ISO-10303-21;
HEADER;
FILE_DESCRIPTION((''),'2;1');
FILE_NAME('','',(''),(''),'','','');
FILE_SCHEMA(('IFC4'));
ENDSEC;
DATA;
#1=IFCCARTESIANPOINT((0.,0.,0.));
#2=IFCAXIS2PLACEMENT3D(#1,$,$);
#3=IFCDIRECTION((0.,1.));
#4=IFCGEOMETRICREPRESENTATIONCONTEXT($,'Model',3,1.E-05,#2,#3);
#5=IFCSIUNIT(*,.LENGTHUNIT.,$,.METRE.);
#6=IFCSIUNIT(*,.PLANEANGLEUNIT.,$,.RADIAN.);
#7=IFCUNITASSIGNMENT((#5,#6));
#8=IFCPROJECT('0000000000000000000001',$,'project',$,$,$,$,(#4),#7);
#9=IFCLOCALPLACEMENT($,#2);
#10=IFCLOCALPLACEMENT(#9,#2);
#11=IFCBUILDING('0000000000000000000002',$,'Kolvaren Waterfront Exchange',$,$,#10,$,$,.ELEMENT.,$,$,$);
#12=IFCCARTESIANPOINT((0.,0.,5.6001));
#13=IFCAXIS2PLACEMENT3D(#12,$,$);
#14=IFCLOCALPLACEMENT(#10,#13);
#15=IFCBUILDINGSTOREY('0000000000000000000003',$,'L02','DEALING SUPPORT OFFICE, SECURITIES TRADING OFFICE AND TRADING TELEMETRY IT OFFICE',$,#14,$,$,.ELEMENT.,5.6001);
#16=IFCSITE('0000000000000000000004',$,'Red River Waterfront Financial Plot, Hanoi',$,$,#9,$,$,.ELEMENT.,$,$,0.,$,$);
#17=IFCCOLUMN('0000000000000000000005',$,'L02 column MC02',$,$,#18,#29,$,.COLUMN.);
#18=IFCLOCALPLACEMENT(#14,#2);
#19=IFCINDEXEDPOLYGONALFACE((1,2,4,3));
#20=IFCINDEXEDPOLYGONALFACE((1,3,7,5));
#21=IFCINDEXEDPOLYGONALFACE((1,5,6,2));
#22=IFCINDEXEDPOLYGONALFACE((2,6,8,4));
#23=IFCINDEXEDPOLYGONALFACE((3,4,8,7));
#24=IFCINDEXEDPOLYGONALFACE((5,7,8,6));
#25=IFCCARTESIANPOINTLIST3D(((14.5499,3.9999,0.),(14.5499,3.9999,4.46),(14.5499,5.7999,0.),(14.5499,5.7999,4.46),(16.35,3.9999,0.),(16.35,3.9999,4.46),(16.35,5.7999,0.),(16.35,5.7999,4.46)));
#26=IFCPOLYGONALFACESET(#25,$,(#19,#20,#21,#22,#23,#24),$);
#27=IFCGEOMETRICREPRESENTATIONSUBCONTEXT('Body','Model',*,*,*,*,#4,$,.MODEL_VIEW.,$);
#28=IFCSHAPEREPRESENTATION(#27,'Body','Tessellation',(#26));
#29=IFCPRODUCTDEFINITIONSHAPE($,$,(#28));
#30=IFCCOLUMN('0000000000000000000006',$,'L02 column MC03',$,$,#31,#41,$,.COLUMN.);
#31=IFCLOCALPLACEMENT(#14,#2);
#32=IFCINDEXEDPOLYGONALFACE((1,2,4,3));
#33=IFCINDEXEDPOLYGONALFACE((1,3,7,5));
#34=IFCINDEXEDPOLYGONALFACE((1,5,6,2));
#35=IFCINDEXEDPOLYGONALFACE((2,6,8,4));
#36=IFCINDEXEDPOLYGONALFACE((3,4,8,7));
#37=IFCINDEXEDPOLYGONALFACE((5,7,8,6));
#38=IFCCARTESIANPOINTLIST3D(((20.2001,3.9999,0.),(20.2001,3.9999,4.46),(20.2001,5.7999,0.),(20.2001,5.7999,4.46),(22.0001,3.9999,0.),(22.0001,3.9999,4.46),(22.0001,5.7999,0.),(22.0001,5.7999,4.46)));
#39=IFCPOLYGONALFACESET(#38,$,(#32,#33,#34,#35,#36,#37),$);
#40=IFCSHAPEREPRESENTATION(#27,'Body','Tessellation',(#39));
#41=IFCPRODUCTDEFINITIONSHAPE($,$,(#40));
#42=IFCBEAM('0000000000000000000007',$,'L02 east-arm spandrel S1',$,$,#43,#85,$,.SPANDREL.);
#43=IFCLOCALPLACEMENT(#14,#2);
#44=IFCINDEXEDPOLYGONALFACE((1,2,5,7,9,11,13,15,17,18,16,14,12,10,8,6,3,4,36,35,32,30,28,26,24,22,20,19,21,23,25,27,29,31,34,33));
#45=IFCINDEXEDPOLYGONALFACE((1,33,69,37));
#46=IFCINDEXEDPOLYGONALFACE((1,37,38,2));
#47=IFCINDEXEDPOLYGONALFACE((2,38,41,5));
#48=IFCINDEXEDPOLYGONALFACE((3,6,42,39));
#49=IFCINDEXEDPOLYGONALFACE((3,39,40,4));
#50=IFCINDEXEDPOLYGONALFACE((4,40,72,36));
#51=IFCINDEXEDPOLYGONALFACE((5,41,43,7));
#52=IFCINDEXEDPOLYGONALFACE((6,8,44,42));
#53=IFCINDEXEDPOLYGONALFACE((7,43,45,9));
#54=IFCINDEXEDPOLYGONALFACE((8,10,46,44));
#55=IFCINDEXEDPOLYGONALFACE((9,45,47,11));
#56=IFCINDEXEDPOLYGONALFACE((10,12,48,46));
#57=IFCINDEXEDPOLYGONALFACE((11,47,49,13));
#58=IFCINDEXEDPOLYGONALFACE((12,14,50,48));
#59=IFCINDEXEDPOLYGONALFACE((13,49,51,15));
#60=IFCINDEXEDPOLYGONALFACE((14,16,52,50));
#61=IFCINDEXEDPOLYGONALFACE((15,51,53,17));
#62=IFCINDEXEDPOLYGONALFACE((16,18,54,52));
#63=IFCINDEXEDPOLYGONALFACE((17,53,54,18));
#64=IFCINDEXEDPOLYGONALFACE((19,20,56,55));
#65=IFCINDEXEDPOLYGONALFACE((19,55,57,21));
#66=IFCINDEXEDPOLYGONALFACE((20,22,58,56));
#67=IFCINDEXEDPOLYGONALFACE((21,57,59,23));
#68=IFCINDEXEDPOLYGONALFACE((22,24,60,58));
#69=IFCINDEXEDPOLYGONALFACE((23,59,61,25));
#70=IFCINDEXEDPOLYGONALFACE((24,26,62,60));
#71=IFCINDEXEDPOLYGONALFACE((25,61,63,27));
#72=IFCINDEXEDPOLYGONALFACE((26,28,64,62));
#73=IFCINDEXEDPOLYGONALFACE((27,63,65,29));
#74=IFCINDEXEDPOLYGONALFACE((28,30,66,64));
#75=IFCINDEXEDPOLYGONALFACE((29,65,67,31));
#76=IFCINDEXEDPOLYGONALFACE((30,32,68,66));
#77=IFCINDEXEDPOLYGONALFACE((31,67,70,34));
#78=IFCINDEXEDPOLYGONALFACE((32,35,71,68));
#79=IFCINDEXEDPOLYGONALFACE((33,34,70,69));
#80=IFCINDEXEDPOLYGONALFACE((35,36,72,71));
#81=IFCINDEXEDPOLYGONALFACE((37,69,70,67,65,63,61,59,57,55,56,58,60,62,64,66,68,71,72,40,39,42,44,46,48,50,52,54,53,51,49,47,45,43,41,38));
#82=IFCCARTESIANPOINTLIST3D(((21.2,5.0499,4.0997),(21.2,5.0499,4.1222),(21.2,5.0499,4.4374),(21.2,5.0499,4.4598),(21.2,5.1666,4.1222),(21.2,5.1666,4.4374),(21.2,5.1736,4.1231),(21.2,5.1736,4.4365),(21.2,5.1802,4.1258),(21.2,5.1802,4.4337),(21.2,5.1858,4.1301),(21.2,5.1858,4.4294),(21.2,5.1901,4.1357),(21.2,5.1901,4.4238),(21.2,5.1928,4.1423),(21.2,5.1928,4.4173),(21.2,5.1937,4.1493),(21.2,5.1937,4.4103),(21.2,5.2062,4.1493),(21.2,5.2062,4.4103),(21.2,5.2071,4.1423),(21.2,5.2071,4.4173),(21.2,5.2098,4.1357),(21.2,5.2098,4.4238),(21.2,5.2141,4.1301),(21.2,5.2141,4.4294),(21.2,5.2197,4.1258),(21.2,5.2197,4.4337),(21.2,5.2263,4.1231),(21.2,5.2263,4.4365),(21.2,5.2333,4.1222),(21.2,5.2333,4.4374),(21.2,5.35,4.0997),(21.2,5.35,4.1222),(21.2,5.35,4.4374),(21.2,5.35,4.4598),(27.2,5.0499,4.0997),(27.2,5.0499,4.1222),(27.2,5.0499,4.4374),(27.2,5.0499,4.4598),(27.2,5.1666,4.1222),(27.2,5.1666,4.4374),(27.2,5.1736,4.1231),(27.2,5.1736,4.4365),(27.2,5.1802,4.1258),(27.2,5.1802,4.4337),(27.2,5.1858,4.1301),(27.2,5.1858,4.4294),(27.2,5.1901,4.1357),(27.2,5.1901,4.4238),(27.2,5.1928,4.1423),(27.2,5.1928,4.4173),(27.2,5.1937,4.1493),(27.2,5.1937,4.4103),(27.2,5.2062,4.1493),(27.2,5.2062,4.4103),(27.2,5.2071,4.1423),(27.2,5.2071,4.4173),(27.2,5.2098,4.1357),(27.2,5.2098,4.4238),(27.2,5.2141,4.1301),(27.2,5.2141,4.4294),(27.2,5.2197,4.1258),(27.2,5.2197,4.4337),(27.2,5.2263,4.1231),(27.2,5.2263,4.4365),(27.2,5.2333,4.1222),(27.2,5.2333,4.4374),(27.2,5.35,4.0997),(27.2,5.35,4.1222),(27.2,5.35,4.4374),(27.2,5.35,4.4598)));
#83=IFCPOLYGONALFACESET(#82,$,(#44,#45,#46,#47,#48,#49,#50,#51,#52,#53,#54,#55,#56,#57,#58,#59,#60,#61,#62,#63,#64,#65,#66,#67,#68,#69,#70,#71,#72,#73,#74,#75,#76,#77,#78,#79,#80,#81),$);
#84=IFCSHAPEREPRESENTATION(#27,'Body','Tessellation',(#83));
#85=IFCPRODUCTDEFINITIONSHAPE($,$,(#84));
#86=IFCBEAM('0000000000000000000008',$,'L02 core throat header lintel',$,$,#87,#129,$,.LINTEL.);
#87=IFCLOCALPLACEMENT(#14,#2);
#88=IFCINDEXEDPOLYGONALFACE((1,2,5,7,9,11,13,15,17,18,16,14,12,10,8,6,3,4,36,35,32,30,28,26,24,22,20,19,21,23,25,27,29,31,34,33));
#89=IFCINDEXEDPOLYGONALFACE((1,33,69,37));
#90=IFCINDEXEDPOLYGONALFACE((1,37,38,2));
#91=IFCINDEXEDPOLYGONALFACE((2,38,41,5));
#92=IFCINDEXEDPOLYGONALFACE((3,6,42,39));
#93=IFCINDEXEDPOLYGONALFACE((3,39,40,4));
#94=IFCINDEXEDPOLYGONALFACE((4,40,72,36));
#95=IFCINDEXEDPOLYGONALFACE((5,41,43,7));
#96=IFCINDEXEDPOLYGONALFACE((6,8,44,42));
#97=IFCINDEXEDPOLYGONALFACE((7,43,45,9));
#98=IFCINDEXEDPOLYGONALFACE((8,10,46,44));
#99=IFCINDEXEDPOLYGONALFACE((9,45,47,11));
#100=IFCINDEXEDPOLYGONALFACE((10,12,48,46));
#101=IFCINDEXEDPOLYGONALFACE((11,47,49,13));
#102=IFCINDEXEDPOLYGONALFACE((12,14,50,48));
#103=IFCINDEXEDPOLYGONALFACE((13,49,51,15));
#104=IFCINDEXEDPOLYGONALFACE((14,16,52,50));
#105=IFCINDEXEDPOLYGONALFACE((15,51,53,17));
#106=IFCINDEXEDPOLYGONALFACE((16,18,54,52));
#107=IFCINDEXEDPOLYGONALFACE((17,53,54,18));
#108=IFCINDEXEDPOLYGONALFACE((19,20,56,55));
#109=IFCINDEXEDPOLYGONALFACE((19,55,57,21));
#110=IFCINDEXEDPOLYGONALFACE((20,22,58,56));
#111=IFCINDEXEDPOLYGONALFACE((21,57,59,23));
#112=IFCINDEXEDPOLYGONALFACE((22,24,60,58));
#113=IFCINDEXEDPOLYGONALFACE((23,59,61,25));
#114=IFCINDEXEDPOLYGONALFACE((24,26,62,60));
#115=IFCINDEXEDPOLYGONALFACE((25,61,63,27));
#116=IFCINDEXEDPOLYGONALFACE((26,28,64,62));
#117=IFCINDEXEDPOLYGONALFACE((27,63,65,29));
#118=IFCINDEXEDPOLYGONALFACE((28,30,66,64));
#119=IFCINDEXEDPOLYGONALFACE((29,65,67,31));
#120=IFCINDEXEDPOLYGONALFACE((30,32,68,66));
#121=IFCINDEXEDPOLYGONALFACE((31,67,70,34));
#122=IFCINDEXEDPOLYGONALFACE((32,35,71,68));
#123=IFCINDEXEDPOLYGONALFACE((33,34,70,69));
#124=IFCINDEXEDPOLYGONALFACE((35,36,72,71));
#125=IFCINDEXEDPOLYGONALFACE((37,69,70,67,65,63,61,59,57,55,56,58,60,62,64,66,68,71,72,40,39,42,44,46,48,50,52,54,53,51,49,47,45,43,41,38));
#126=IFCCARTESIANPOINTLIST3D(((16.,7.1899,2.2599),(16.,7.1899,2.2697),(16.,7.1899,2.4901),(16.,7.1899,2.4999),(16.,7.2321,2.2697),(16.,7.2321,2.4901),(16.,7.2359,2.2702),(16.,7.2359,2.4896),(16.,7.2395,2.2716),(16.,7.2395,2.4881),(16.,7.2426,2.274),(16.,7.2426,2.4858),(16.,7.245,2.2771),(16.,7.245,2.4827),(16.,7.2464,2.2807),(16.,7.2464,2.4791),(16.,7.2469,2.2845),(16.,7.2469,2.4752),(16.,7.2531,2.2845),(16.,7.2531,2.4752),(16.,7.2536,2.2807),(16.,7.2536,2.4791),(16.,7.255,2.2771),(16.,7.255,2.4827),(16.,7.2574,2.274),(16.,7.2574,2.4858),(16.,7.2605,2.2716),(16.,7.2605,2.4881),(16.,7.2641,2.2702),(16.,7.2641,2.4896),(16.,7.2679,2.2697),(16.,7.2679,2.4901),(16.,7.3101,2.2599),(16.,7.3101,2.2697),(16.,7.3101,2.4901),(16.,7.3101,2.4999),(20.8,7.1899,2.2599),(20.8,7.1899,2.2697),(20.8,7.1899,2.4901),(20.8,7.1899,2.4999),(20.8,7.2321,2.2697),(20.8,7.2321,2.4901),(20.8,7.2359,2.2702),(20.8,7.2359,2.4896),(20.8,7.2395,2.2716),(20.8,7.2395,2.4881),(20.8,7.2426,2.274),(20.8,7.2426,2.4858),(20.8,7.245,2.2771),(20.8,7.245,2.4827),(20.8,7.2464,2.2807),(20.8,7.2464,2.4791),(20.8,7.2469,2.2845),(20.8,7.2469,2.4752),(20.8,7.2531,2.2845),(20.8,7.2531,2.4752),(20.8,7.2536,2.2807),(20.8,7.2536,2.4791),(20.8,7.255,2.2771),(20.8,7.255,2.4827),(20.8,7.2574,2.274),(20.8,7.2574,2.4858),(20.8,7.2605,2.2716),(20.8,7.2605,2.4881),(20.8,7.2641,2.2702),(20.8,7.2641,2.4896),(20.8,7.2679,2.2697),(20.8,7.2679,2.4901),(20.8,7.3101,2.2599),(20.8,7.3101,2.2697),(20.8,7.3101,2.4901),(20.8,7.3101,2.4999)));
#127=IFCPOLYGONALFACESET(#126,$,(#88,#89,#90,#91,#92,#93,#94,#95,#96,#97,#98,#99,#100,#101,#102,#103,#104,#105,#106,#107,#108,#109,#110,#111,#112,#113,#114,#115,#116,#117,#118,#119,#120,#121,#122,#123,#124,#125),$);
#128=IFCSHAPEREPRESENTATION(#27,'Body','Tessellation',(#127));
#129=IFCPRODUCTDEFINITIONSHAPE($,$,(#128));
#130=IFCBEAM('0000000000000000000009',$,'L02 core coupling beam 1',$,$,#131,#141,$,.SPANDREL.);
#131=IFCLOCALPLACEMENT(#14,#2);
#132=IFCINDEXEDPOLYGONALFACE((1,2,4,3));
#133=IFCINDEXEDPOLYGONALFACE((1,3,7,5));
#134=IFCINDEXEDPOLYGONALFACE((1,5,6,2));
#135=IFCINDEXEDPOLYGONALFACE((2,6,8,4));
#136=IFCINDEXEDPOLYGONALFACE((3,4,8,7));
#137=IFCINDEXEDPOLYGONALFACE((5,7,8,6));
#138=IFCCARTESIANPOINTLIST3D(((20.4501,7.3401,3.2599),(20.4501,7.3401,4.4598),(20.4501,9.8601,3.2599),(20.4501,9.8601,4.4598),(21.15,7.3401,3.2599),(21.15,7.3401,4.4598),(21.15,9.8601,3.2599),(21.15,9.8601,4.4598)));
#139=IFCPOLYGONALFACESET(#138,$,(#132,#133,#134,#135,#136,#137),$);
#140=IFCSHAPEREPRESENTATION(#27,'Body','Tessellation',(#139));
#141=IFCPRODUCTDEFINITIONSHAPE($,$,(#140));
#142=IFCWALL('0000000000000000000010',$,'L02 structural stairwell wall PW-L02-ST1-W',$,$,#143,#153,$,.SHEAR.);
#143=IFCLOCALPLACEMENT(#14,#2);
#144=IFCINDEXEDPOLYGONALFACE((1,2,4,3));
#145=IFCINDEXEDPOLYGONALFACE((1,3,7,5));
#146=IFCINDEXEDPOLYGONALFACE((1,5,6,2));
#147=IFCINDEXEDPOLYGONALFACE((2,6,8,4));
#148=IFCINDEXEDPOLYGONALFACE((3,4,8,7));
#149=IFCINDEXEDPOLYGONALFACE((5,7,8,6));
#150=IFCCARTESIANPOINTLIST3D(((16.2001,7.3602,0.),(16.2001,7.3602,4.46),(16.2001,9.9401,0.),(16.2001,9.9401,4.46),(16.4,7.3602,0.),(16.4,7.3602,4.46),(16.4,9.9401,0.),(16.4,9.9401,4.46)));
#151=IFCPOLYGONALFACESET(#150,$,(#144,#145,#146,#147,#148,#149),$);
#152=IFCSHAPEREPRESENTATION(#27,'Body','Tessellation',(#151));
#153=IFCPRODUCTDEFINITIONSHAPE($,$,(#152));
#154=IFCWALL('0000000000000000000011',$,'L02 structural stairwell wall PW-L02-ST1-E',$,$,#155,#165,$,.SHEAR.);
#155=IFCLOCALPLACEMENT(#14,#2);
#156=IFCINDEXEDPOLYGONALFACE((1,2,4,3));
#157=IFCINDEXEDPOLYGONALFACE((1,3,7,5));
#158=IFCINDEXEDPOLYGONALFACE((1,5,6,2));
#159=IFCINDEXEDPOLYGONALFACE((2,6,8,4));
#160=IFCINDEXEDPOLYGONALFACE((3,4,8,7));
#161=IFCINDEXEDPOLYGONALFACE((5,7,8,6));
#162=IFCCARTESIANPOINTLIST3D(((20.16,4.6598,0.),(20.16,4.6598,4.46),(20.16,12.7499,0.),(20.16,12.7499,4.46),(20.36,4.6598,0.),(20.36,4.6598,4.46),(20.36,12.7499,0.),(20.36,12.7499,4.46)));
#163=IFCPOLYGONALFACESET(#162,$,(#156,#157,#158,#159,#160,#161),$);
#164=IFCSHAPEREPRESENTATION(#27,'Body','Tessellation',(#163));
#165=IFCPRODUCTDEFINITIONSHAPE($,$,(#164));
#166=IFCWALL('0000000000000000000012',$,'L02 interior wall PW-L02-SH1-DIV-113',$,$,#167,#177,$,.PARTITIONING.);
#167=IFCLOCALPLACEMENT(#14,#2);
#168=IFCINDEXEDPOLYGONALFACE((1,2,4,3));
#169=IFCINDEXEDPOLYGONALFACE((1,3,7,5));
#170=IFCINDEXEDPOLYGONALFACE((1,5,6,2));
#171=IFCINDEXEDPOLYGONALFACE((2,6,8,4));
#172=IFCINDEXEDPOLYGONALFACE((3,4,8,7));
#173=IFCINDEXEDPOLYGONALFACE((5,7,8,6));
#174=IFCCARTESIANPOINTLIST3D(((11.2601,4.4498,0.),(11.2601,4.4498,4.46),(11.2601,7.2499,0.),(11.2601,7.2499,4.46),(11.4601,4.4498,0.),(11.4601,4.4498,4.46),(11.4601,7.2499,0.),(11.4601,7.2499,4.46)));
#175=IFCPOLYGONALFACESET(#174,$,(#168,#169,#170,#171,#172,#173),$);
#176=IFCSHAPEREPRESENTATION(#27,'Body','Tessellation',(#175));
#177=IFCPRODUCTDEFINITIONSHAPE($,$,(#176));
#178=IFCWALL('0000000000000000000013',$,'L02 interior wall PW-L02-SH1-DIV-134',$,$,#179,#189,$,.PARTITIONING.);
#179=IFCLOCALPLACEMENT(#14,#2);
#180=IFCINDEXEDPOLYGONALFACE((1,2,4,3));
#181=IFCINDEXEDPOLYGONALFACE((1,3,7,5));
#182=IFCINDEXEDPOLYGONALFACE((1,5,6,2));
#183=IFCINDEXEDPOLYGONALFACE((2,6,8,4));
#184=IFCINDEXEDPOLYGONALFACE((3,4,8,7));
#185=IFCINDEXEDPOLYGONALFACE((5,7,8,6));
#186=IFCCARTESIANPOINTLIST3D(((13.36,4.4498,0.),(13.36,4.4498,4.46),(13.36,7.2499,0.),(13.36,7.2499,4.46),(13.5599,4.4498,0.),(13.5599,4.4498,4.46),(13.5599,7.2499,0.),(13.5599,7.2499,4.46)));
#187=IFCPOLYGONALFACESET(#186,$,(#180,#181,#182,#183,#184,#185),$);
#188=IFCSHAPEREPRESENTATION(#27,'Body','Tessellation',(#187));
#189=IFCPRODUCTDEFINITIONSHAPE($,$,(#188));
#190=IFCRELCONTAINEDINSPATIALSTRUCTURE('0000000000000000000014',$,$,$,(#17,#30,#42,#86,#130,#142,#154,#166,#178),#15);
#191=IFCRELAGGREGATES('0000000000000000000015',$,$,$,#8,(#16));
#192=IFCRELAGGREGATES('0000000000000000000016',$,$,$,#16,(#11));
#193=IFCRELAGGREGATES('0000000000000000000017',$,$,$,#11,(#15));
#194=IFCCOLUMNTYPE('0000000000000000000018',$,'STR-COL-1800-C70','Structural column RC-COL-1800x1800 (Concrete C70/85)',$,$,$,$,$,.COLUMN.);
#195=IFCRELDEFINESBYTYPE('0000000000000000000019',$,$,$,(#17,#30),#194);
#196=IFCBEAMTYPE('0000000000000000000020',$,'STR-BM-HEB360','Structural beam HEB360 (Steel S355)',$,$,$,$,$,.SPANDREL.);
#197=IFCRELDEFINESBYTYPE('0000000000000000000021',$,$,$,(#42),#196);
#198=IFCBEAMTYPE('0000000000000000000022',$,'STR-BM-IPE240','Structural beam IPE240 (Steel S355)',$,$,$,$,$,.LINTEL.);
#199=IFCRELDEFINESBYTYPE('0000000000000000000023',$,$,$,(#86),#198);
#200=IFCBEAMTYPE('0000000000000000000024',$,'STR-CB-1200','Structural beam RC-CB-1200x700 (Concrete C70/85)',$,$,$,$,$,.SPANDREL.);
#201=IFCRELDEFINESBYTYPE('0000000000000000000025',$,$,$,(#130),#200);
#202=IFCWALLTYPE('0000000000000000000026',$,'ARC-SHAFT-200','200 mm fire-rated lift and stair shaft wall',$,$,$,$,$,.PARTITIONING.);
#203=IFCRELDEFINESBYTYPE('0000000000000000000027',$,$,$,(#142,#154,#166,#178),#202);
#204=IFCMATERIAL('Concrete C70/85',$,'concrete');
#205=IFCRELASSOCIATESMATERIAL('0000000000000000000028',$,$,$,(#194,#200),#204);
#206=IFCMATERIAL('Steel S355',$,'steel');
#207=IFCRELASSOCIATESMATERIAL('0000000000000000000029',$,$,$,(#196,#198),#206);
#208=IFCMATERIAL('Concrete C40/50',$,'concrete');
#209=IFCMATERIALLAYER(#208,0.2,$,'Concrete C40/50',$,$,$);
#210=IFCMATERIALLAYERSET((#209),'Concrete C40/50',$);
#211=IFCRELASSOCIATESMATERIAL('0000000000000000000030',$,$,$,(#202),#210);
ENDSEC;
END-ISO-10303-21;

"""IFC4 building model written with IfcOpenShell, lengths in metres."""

from ifc_helpers import new_model, si_unit, direction, frame, frame_2d, origin, origin_2d, place, context, subcontext, project, spatial, rectangle, i_section, extrude, material, layer, layer_set, material_profile, profile_set, type_object, element, save


model = new_model("IFC4")

# Units and contexts
model_context = context("Model", 3, precision=1e-05, world=origin(), true_north=direction((0.0, 1.0)))
body_context = subcontext(model_context, "Body", "Model", "MODEL_VIEW")
ifc_project = project(units=[si_unit("LENGTHUNIT", "METRE"), si_unit("PLANEANGLEUNIT", "RADIAN")], contexts=[model_context])

# Site, building, storey
site_placement = place(None, origin())
site = spatial("IfcSite", under=ifc_project, at=site_placement, Name="Red River Waterfront Financial Plot, Hanoi", CompositionType="ELEMENT", RefElevation=0.0)
building_placement = place(site_placement, origin())
building = spatial("IfcBuilding", under=site, at=building_placement, Name="Kolvaren Waterfront Exchange", CompositionType="ELEMENT")
storey_placement = place(building_placement, frame((0.0, 0.0, 5.6001)))
storey = spatial("IfcBuildingStorey", under=building, at=storey_placement, Name="L02", Description="DEALING SUPPORT OFFICE, SECURITIES TRADING OFFICE AND TRADING TELEMETRY IT OFFICE", CompositionType="ELEMENT", Elevation=5.6001)

# Columns
ifc_material_1 = material(Name="Concrete C70/85", Category="concrete")
ifc_material_profile_1 = material_profile(ifc_material_1, rectangle(XDim=1.8, YDim=1.8, at=origin_2d()), Name="RC-COL-1800x1800")
ifc_profile_set_1 = profile_set([ifc_material_profile_1], Name="Concrete C70/85")
column_type = type_object("IfcColumnType", Name="STR-COL-1800-C70", Description="Structural column RC-COL-1800x1800 (Concrete C70/85)", PredefinedType="COLUMN", material=ifc_profile_set_1)
for number, where, z_axis, x_axis, name in (
    (1, (15.45, 4.8999, 0.0), (0.0, 0.0, 1.0), (1.0, 0.0, 0.0), "L02 column MC02"),
    (2, (21.1001, 4.8999, 0.0), (0.0, 0.0, 1.0), (1.0, 0.0, 0.0), "L02 column MC03"),
):
    element("IfcColumn", number, at=place(storey_placement, frame(where, z_axis=z_axis, x_axis=x_axis)), inside=storey, type_object=column_type, Name=name, PredefinedType="COLUMN", context=body_context, shape_type="SweptSolid", body=[
        extrude(rectangle(XDim=1.8, YDim=1.8, at=origin_2d()), origin(), (0.0, 0.0, 1.0), 4.46),
    ])

# Beams
ifc_material_2 = material(Name="Steel S355", Category="steel")
ifc_material_profile_2 = material_profile(ifc_material_2, i_section(OverallWidth=0.3, OverallDepth=0.3601, WebThickness=0.0125, FlangeThickness=0.0225, FilletRadius=0.0271, at=origin_2d()), Name="HEB360")
ifc_profile_set_2 = profile_set([ifc_material_profile_2], Name="Steel S355")
beam_type_1 = type_object("IfcBeamType", Name="STR-BM-HEB360", Description="Structural beam HEB360 (Steel S355)", PredefinedType="SPANDREL", material=ifc_profile_set_2)
beam_1_placement = place(storey_placement, frame((21.2, 5.2, 4.2798), z_axis=(1.0, 0.0, 0.0), x_axis=(0.0, 1.0, 0.0)))
element("IfcBeam", 3, at=beam_1_placement, inside=storey, type_object=beam_type_1, Name="L02 east-arm spandrel S1", PredefinedType="SPANDREL", context=body_context, shape_type="SweptSolid", body=[
    extrude(i_section(OverallWidth=0.3, OverallDepth=0.3601, WebThickness=0.0125, FlangeThickness=0.0225, FilletRadius=0.0271, at=origin_2d()), origin(), (0.0, 0.0, 1.0), 6.0),
])
ifc_material_profile_3 = material_profile(ifc_material_2, i_section(OverallWidth=0.1201, OverallDepth=0.24, WebThickness=0.0061, FlangeThickness=0.0098, FilletRadius=0.0149, at=origin_2d()), Name="IPE240")
ifc_profile_set_3 = profile_set([ifc_material_profile_3], Name="Steel S355")
beam_type_2 = type_object("IfcBeamType", Name="STR-BM-IPE240", Description="Structural beam IPE240 (Steel S355)", PredefinedType="LINTEL", material=ifc_profile_set_3)
beam_2_placement = place(storey_placement, frame((16.0, 7.25, 2.3799), z_axis=(1.0, 0.0, 0.0), x_axis=(0.0, 1.0, 0.0)))
element("IfcBeam", 4, at=beam_2_placement, inside=storey, type_object=beam_type_2, Name="L02 core throat header lintel", PredefinedType="LINTEL", context=body_context, shape_type="SweptSolid", body=[
    extrude(i_section(OverallWidth=0.1201, OverallDepth=0.24, WebThickness=0.0061, FlangeThickness=0.0098, FilletRadius=0.0149, at=origin_2d()), origin(), (0.0, 0.0, 1.0), 4.8),
])
ifc_material_profile_4 = material_profile(ifc_material_1, rectangle(XDim=0.7, YDim=1.2, at=origin_2d()), Name="RC-CB-1200x700")
ifc_profile_set_4 = profile_set([ifc_material_profile_4], Name="Concrete C70/85")
beam_type_3 = type_object("IfcBeamType", Name="STR-CB-1200", Description="Structural beam RC-CB-1200x700 (Concrete C70/85)", PredefinedType="SPANDREL", material=ifc_profile_set_4)
beam_3_placement = place(storey_placement, frame((20.8, 7.3401, 3.8599), z_axis=(0.0, 1.0, 0.0), x_axis=(-1.0, 0.0, 0.0)))
element("IfcBeam", 5, at=beam_3_placement, inside=storey, type_object=beam_type_3, Name="L02 core coupling beam 1", PredefinedType="SPANDREL", context=body_context, shape_type="SweptSolid", body=[
    extrude(rectangle(XDim=0.7, YDim=1.2, at=origin_2d()), origin(), (0.0, 0.0, 1.0), 2.52),
])

# Walls
ifc_material_3 = material(Name="Concrete C40/50", Category="concrete")
ifc_layer_1 = layer(ifc_material_3, 0.2, Name="Concrete C40/50")
ifc_layer_set_1 = layer_set([ifc_layer_1], Name="Concrete C40/50")
wall_type_1 = type_object("IfcWallType", Name="ARC-SHAFT-200", Description="200 mm fire-rated lift and stair shaft wall", PredefinedType="PARTITIONING", material=ifc_layer_set_1)
wall_1_placement = place(storey_placement, frame((16.3, 7.3601, 0.0), z_axis=(0.0, 0.0, 1.0), x_axis=(0.0, 1.0, 0.0)))
element("IfcWall", 6, at=wall_1_placement, inside=storey, type_object=wall_type_1, Name="L02 structural stairwell wall PW-L02-ST1-W", PredefinedType="SHEAR", context=body_context, shape_type="SweptSolid", body=[
    extrude(rectangle(XDim=2.5798, YDim=0.2, at=frame_2d((1.29, 0.0))), origin(), (0.0, 0.0, 1.0), 4.46),
])
wall_2_placement = place(storey_placement, frame((20.26, 4.6599, 0.0), z_axis=(0.0, 0.0, 1.0), x_axis=(0.0, 1.0, 0.0)))
element("IfcWall", 7, at=wall_2_placement, inside=storey, type_object=wall_type_1, Name="L02 structural stairwell wall PW-L02-ST1-E", PredefinedType="SHEAR", context=body_context, shape_type="SweptSolid", body=[
    extrude(rectangle(XDim=8.0901, YDim=0.2, at=frame_2d((4.0449, 0.0))), origin(), (0.0, 0.0, 1.0), 4.46),
])
for number, where, z_axis, x_axis, name in (
    (8, (11.3601, 4.45, 0.0), (0.0, 0.0, 1.0), (0.0, 1.0, 0.0), "L02 interior wall PW-L02-SH1-DIV-113"),
    (9, (13.46, 4.45, 0.0), (0.0, 0.0, 1.0), (0.0, 1.0, 0.0), "L02 interior wall PW-L02-SH1-DIV-134"),
):
    element("IfcWall", number, at=place(storey_placement, frame(where, z_axis=z_axis, x_axis=x_axis)), inside=storey, type_object=wall_type_1, Name=name, PredefinedType="PARTITIONING", context=body_context, shape_type="SweptSolid", body=[
        extrude(rectangle(XDim=2.8, YDim=0.2, at=frame_2d((1.3999, 0.0))), origin(), (0.0, 0.0, 1.0), 4.46),
    ])

save(model, "model.ifc")
